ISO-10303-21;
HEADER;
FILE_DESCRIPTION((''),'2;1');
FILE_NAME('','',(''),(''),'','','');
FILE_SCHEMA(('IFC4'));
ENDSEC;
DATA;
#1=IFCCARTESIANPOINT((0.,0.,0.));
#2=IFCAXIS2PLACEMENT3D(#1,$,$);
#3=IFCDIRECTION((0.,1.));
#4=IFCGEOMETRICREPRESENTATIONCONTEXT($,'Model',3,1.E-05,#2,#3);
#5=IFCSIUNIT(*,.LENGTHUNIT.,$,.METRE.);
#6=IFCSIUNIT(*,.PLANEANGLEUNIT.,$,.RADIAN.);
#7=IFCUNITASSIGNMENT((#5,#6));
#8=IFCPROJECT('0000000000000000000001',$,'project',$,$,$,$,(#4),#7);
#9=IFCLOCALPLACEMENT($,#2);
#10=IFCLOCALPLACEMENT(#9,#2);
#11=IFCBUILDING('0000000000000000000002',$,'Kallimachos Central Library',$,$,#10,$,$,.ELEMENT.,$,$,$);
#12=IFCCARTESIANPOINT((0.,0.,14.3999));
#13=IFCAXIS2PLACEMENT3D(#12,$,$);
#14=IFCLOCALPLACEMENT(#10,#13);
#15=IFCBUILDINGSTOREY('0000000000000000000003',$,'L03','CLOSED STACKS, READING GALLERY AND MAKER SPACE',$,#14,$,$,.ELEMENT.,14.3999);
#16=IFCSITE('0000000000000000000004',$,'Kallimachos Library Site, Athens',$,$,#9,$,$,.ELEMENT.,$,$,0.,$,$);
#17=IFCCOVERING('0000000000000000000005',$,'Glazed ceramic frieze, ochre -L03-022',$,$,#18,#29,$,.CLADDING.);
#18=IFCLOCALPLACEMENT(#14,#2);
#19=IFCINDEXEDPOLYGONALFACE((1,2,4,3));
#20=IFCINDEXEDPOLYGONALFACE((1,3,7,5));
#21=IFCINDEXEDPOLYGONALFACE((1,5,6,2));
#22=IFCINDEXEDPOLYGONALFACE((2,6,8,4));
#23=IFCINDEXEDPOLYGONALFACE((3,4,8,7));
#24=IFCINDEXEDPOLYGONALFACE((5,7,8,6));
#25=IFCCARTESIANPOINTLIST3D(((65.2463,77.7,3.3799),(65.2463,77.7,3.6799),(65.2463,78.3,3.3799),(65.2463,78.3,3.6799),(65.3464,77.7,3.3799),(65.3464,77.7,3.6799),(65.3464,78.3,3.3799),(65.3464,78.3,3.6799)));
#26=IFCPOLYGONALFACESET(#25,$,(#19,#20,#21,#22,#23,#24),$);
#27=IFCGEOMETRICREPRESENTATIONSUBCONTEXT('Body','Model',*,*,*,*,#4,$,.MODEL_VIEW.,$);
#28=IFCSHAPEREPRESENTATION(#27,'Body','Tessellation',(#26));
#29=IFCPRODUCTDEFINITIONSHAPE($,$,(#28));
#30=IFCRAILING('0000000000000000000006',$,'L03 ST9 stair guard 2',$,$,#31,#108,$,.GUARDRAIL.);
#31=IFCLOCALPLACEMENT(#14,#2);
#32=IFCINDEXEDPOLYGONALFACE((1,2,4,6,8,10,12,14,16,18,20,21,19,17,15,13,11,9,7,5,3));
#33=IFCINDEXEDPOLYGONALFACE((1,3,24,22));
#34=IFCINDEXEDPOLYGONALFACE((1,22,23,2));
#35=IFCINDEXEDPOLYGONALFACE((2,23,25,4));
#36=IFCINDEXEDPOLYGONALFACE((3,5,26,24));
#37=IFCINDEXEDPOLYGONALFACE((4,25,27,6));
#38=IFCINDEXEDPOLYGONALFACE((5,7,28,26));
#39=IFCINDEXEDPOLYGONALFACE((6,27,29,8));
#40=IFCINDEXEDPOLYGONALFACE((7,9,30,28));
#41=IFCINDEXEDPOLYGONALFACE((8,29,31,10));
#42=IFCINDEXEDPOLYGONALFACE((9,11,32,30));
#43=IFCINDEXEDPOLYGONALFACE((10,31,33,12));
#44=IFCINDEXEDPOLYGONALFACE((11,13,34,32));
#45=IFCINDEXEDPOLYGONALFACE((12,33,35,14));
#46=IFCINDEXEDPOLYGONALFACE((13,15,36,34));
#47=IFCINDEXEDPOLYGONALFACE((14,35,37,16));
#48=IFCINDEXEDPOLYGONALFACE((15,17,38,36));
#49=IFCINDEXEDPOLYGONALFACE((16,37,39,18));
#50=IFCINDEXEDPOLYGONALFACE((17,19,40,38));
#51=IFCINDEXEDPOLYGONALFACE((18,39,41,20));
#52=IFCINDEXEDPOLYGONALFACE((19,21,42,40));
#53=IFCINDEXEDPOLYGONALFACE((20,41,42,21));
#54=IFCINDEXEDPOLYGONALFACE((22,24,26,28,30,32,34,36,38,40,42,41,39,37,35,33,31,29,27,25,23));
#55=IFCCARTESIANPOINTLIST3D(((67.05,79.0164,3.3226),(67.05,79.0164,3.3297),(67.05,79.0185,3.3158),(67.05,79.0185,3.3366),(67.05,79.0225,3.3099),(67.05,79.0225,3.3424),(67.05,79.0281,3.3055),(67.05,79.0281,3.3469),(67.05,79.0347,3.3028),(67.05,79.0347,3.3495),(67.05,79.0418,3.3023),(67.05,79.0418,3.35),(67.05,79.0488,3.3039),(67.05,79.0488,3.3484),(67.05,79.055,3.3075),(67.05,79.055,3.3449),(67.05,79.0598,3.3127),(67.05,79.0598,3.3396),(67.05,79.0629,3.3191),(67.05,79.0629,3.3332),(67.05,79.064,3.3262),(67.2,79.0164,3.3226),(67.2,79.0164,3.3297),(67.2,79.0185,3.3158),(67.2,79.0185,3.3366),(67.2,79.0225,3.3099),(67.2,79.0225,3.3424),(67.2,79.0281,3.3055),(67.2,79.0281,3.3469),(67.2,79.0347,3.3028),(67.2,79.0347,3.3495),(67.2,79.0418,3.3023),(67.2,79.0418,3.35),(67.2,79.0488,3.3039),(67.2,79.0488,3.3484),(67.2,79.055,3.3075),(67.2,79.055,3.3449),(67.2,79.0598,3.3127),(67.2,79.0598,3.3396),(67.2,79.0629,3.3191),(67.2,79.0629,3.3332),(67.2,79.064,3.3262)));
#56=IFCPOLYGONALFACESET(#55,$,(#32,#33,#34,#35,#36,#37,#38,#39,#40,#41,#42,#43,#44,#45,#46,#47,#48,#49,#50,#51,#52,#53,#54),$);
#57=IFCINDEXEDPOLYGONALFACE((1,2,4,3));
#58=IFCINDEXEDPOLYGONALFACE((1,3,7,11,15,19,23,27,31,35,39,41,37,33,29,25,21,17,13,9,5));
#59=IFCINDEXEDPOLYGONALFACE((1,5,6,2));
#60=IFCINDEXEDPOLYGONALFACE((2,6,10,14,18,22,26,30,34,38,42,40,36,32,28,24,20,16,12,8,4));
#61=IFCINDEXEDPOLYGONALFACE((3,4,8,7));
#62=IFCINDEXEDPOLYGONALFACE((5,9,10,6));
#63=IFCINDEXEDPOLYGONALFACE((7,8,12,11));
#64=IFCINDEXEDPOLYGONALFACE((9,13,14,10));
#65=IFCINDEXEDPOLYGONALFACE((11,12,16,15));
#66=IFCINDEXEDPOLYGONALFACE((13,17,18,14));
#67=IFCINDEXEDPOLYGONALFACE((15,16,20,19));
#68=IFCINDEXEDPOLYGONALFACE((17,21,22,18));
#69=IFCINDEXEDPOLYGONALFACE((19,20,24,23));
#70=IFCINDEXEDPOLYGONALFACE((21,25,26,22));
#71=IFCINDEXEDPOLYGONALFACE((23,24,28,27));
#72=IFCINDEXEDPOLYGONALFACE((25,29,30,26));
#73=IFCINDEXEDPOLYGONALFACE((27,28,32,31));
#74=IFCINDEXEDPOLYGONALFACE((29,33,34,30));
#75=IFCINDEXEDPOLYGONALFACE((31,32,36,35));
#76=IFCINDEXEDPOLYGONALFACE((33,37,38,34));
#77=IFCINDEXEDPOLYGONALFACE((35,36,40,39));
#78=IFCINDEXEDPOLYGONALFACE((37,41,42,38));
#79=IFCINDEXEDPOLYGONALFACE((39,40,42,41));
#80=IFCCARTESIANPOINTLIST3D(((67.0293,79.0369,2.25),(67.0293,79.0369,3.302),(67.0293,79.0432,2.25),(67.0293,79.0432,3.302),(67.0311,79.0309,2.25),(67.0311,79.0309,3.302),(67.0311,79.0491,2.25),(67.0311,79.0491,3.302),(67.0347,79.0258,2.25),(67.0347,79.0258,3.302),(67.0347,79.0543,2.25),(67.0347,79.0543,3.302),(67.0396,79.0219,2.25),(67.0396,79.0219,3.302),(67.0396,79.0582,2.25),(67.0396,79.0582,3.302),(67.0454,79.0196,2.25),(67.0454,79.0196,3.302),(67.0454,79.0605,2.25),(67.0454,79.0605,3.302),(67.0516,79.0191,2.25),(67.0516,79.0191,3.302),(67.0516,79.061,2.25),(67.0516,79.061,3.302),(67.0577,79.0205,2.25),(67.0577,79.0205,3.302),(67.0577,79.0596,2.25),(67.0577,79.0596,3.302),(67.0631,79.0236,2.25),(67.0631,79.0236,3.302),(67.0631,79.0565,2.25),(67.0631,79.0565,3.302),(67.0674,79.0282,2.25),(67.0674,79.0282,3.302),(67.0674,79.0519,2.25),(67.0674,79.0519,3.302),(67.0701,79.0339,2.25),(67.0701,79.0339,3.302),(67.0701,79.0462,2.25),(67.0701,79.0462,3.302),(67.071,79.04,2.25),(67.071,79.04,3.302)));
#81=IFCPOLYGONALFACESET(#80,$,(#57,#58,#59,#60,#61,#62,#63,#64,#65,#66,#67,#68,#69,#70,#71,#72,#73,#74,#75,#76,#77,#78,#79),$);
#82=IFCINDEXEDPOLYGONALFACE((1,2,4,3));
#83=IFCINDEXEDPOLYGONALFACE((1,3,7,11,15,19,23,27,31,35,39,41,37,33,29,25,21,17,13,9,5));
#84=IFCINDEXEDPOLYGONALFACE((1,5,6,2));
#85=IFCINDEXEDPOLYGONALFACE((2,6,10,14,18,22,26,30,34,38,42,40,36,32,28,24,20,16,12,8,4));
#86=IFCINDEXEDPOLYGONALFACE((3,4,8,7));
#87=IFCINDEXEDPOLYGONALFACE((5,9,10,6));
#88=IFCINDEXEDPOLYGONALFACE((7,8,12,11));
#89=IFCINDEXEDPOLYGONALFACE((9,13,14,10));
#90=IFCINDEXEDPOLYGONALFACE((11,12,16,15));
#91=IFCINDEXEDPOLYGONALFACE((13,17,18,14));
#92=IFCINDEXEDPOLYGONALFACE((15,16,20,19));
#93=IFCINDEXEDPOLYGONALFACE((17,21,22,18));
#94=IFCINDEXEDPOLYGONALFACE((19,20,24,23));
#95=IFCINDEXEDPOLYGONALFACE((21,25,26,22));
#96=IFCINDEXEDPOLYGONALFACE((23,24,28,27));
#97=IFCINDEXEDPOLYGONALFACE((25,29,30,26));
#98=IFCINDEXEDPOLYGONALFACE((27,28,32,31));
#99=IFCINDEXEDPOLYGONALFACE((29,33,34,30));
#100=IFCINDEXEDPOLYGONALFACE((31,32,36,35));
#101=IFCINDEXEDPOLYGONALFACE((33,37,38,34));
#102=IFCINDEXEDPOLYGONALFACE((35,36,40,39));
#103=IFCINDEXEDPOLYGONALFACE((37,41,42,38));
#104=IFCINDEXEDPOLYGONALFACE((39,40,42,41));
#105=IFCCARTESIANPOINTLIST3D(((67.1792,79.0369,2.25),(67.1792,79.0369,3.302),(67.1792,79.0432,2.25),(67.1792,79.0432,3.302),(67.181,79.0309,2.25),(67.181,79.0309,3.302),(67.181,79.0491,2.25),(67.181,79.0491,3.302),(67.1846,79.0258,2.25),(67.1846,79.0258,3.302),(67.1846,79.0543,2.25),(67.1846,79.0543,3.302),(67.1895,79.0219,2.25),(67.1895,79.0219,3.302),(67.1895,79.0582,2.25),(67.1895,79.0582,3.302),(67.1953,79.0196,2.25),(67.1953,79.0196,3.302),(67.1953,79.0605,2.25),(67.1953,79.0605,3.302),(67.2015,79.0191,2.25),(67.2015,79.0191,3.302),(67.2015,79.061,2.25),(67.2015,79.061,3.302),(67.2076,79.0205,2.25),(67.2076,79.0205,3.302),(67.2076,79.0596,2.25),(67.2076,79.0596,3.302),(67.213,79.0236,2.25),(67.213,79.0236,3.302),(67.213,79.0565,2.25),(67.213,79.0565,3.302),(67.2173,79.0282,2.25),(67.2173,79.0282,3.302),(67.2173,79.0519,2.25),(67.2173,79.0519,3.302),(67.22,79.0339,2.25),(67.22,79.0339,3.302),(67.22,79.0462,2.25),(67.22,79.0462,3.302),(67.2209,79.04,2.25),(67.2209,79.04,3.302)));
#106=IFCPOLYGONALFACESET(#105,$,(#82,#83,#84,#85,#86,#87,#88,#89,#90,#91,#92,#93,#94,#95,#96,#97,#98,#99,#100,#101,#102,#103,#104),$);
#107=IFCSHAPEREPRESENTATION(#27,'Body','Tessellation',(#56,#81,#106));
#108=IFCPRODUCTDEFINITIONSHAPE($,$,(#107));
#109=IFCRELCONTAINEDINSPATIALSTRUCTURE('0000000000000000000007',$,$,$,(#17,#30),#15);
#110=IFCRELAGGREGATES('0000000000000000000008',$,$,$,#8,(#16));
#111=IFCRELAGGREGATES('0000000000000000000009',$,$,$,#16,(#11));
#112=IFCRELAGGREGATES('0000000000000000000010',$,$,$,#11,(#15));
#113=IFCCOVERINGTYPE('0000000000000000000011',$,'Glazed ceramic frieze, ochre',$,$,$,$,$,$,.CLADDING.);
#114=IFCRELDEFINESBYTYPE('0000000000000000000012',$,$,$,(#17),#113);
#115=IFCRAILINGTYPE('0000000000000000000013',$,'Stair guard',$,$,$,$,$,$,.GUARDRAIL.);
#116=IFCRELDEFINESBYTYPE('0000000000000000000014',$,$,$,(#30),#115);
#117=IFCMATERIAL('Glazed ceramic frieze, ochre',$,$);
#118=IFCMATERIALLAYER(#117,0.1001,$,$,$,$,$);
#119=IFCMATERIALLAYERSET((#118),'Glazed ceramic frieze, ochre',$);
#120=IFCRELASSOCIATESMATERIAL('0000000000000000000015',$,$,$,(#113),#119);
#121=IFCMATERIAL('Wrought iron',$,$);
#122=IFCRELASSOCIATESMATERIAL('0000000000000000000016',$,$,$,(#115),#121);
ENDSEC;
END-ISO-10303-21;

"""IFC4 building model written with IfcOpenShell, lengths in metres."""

from ifc_helpers import new_model, si_unit, direction, frame, origin, origin_2d, place, context, subcontext, project, spatial, rectangle, circle, extrude, material, layer, layer_set, type_object, element, save


model = new_model("IFC4")

# Units and contexts
model_context = context("Model", 3, precision=1e-05, world=origin(), true_north=direction((0.0, 1.0)))
body_context = subcontext(model_context, "Body", "Model", "MODEL_VIEW")
ifc_project = project(units=[si_unit("LENGTHUNIT", "METRE"), si_unit("PLANEANGLEUNIT", "RADIAN")], contexts=[model_context])

# Site, building, storey
site_placement = place(None, origin())
site = spatial("IfcSite", under=ifc_project, at=site_placement, Name="Kallimachos Library Site, Athens", CompositionType="ELEMENT", RefElevation=0.0)
building_placement = place(site_placement, origin())
building = spatial("IfcBuilding", under=site, at=building_placement, Name="Kallimachos Central Library", CompositionType="ELEMENT")
storey_placement = place(building_placement, frame((0.0, 0.0, 14.3999)))
storey = spatial("IfcBuildingStorey", under=building, at=storey_placement, Name="L03", Description="CLOSED STACKS, READING GALLERY AND MAKER SPACE", CompositionType="ELEMENT", Elevation=14.3999)

# Covering
ifc_material_1 = material(Name="Glazed ceramic frieze, ochre")
ifc_layer_1 = layer(ifc_material_1, 0.1001)
ifc_layer_set_1 = layer_set([ifc_layer_1], Name="Glazed ceramic frieze, ochre")
covering_type = type_object("IfcCoveringType", Name="Glazed ceramic frieze, ochre", PredefinedType="CLADDING", material=ifc_layer_set_1)
covering_placement = place(storey_placement, frame((65.2964, 78.0, 3.3799), z_axis=(0.0, 0.0, 1.0), x_axis=(1.0, 0.0, 0.0)))
element("IfcCovering", 1, at=covering_placement, inside=storey, type_object=covering_type, Name="Glazed ceramic frieze, ochre -L03-022", PredefinedType="CLADDING", context=body_context, shape_type="SweptSolid", body=[
    extrude(rectangle(XDim=0.1001, YDim=0.6001, at=origin_2d()), origin(), (0.0, 0.0, 1.0), 0.3),
])

# Railing
ifc_material_2 = material(Name="Wrought iron")
railing_type_1 = type_object("IfcRailingType", Name="Stair guard", PredefinedType="GUARDRAIL", material=ifc_material_2)
railing_1_placement = place(storey_placement, frame((67.05, 79.04, 2.25)))
element("IfcRailing", 2, at=railing_1_placement, inside=storey, type_object=railing_type_1, Name="L03 ST9 stair guard 2", PredefinedType="GUARDRAIL", context=body_context, shape_type="SweptSolid", body=[
    extrude(circle(Radius=0.0239, at=origin_2d()), frame((0.0, 0.0, 1.0762), z_axis=(1.0, 0.0, 0.0), x_axis=(0.0, 1.0, 0.0)), (0.0, 0.0, 1.0), 0.1499),
    extrude(circle(Radius=0.021, at=origin_2d()), origin(), (0.0, 0.0, 1.0), 1.052),
    extrude(circle(Radius=0.021, at=origin_2d()), frame((0.1499, 0.0, 0.0)), (0.0, 0.0, 1.0), 1.052),
])

save(model, "model.ifc")
